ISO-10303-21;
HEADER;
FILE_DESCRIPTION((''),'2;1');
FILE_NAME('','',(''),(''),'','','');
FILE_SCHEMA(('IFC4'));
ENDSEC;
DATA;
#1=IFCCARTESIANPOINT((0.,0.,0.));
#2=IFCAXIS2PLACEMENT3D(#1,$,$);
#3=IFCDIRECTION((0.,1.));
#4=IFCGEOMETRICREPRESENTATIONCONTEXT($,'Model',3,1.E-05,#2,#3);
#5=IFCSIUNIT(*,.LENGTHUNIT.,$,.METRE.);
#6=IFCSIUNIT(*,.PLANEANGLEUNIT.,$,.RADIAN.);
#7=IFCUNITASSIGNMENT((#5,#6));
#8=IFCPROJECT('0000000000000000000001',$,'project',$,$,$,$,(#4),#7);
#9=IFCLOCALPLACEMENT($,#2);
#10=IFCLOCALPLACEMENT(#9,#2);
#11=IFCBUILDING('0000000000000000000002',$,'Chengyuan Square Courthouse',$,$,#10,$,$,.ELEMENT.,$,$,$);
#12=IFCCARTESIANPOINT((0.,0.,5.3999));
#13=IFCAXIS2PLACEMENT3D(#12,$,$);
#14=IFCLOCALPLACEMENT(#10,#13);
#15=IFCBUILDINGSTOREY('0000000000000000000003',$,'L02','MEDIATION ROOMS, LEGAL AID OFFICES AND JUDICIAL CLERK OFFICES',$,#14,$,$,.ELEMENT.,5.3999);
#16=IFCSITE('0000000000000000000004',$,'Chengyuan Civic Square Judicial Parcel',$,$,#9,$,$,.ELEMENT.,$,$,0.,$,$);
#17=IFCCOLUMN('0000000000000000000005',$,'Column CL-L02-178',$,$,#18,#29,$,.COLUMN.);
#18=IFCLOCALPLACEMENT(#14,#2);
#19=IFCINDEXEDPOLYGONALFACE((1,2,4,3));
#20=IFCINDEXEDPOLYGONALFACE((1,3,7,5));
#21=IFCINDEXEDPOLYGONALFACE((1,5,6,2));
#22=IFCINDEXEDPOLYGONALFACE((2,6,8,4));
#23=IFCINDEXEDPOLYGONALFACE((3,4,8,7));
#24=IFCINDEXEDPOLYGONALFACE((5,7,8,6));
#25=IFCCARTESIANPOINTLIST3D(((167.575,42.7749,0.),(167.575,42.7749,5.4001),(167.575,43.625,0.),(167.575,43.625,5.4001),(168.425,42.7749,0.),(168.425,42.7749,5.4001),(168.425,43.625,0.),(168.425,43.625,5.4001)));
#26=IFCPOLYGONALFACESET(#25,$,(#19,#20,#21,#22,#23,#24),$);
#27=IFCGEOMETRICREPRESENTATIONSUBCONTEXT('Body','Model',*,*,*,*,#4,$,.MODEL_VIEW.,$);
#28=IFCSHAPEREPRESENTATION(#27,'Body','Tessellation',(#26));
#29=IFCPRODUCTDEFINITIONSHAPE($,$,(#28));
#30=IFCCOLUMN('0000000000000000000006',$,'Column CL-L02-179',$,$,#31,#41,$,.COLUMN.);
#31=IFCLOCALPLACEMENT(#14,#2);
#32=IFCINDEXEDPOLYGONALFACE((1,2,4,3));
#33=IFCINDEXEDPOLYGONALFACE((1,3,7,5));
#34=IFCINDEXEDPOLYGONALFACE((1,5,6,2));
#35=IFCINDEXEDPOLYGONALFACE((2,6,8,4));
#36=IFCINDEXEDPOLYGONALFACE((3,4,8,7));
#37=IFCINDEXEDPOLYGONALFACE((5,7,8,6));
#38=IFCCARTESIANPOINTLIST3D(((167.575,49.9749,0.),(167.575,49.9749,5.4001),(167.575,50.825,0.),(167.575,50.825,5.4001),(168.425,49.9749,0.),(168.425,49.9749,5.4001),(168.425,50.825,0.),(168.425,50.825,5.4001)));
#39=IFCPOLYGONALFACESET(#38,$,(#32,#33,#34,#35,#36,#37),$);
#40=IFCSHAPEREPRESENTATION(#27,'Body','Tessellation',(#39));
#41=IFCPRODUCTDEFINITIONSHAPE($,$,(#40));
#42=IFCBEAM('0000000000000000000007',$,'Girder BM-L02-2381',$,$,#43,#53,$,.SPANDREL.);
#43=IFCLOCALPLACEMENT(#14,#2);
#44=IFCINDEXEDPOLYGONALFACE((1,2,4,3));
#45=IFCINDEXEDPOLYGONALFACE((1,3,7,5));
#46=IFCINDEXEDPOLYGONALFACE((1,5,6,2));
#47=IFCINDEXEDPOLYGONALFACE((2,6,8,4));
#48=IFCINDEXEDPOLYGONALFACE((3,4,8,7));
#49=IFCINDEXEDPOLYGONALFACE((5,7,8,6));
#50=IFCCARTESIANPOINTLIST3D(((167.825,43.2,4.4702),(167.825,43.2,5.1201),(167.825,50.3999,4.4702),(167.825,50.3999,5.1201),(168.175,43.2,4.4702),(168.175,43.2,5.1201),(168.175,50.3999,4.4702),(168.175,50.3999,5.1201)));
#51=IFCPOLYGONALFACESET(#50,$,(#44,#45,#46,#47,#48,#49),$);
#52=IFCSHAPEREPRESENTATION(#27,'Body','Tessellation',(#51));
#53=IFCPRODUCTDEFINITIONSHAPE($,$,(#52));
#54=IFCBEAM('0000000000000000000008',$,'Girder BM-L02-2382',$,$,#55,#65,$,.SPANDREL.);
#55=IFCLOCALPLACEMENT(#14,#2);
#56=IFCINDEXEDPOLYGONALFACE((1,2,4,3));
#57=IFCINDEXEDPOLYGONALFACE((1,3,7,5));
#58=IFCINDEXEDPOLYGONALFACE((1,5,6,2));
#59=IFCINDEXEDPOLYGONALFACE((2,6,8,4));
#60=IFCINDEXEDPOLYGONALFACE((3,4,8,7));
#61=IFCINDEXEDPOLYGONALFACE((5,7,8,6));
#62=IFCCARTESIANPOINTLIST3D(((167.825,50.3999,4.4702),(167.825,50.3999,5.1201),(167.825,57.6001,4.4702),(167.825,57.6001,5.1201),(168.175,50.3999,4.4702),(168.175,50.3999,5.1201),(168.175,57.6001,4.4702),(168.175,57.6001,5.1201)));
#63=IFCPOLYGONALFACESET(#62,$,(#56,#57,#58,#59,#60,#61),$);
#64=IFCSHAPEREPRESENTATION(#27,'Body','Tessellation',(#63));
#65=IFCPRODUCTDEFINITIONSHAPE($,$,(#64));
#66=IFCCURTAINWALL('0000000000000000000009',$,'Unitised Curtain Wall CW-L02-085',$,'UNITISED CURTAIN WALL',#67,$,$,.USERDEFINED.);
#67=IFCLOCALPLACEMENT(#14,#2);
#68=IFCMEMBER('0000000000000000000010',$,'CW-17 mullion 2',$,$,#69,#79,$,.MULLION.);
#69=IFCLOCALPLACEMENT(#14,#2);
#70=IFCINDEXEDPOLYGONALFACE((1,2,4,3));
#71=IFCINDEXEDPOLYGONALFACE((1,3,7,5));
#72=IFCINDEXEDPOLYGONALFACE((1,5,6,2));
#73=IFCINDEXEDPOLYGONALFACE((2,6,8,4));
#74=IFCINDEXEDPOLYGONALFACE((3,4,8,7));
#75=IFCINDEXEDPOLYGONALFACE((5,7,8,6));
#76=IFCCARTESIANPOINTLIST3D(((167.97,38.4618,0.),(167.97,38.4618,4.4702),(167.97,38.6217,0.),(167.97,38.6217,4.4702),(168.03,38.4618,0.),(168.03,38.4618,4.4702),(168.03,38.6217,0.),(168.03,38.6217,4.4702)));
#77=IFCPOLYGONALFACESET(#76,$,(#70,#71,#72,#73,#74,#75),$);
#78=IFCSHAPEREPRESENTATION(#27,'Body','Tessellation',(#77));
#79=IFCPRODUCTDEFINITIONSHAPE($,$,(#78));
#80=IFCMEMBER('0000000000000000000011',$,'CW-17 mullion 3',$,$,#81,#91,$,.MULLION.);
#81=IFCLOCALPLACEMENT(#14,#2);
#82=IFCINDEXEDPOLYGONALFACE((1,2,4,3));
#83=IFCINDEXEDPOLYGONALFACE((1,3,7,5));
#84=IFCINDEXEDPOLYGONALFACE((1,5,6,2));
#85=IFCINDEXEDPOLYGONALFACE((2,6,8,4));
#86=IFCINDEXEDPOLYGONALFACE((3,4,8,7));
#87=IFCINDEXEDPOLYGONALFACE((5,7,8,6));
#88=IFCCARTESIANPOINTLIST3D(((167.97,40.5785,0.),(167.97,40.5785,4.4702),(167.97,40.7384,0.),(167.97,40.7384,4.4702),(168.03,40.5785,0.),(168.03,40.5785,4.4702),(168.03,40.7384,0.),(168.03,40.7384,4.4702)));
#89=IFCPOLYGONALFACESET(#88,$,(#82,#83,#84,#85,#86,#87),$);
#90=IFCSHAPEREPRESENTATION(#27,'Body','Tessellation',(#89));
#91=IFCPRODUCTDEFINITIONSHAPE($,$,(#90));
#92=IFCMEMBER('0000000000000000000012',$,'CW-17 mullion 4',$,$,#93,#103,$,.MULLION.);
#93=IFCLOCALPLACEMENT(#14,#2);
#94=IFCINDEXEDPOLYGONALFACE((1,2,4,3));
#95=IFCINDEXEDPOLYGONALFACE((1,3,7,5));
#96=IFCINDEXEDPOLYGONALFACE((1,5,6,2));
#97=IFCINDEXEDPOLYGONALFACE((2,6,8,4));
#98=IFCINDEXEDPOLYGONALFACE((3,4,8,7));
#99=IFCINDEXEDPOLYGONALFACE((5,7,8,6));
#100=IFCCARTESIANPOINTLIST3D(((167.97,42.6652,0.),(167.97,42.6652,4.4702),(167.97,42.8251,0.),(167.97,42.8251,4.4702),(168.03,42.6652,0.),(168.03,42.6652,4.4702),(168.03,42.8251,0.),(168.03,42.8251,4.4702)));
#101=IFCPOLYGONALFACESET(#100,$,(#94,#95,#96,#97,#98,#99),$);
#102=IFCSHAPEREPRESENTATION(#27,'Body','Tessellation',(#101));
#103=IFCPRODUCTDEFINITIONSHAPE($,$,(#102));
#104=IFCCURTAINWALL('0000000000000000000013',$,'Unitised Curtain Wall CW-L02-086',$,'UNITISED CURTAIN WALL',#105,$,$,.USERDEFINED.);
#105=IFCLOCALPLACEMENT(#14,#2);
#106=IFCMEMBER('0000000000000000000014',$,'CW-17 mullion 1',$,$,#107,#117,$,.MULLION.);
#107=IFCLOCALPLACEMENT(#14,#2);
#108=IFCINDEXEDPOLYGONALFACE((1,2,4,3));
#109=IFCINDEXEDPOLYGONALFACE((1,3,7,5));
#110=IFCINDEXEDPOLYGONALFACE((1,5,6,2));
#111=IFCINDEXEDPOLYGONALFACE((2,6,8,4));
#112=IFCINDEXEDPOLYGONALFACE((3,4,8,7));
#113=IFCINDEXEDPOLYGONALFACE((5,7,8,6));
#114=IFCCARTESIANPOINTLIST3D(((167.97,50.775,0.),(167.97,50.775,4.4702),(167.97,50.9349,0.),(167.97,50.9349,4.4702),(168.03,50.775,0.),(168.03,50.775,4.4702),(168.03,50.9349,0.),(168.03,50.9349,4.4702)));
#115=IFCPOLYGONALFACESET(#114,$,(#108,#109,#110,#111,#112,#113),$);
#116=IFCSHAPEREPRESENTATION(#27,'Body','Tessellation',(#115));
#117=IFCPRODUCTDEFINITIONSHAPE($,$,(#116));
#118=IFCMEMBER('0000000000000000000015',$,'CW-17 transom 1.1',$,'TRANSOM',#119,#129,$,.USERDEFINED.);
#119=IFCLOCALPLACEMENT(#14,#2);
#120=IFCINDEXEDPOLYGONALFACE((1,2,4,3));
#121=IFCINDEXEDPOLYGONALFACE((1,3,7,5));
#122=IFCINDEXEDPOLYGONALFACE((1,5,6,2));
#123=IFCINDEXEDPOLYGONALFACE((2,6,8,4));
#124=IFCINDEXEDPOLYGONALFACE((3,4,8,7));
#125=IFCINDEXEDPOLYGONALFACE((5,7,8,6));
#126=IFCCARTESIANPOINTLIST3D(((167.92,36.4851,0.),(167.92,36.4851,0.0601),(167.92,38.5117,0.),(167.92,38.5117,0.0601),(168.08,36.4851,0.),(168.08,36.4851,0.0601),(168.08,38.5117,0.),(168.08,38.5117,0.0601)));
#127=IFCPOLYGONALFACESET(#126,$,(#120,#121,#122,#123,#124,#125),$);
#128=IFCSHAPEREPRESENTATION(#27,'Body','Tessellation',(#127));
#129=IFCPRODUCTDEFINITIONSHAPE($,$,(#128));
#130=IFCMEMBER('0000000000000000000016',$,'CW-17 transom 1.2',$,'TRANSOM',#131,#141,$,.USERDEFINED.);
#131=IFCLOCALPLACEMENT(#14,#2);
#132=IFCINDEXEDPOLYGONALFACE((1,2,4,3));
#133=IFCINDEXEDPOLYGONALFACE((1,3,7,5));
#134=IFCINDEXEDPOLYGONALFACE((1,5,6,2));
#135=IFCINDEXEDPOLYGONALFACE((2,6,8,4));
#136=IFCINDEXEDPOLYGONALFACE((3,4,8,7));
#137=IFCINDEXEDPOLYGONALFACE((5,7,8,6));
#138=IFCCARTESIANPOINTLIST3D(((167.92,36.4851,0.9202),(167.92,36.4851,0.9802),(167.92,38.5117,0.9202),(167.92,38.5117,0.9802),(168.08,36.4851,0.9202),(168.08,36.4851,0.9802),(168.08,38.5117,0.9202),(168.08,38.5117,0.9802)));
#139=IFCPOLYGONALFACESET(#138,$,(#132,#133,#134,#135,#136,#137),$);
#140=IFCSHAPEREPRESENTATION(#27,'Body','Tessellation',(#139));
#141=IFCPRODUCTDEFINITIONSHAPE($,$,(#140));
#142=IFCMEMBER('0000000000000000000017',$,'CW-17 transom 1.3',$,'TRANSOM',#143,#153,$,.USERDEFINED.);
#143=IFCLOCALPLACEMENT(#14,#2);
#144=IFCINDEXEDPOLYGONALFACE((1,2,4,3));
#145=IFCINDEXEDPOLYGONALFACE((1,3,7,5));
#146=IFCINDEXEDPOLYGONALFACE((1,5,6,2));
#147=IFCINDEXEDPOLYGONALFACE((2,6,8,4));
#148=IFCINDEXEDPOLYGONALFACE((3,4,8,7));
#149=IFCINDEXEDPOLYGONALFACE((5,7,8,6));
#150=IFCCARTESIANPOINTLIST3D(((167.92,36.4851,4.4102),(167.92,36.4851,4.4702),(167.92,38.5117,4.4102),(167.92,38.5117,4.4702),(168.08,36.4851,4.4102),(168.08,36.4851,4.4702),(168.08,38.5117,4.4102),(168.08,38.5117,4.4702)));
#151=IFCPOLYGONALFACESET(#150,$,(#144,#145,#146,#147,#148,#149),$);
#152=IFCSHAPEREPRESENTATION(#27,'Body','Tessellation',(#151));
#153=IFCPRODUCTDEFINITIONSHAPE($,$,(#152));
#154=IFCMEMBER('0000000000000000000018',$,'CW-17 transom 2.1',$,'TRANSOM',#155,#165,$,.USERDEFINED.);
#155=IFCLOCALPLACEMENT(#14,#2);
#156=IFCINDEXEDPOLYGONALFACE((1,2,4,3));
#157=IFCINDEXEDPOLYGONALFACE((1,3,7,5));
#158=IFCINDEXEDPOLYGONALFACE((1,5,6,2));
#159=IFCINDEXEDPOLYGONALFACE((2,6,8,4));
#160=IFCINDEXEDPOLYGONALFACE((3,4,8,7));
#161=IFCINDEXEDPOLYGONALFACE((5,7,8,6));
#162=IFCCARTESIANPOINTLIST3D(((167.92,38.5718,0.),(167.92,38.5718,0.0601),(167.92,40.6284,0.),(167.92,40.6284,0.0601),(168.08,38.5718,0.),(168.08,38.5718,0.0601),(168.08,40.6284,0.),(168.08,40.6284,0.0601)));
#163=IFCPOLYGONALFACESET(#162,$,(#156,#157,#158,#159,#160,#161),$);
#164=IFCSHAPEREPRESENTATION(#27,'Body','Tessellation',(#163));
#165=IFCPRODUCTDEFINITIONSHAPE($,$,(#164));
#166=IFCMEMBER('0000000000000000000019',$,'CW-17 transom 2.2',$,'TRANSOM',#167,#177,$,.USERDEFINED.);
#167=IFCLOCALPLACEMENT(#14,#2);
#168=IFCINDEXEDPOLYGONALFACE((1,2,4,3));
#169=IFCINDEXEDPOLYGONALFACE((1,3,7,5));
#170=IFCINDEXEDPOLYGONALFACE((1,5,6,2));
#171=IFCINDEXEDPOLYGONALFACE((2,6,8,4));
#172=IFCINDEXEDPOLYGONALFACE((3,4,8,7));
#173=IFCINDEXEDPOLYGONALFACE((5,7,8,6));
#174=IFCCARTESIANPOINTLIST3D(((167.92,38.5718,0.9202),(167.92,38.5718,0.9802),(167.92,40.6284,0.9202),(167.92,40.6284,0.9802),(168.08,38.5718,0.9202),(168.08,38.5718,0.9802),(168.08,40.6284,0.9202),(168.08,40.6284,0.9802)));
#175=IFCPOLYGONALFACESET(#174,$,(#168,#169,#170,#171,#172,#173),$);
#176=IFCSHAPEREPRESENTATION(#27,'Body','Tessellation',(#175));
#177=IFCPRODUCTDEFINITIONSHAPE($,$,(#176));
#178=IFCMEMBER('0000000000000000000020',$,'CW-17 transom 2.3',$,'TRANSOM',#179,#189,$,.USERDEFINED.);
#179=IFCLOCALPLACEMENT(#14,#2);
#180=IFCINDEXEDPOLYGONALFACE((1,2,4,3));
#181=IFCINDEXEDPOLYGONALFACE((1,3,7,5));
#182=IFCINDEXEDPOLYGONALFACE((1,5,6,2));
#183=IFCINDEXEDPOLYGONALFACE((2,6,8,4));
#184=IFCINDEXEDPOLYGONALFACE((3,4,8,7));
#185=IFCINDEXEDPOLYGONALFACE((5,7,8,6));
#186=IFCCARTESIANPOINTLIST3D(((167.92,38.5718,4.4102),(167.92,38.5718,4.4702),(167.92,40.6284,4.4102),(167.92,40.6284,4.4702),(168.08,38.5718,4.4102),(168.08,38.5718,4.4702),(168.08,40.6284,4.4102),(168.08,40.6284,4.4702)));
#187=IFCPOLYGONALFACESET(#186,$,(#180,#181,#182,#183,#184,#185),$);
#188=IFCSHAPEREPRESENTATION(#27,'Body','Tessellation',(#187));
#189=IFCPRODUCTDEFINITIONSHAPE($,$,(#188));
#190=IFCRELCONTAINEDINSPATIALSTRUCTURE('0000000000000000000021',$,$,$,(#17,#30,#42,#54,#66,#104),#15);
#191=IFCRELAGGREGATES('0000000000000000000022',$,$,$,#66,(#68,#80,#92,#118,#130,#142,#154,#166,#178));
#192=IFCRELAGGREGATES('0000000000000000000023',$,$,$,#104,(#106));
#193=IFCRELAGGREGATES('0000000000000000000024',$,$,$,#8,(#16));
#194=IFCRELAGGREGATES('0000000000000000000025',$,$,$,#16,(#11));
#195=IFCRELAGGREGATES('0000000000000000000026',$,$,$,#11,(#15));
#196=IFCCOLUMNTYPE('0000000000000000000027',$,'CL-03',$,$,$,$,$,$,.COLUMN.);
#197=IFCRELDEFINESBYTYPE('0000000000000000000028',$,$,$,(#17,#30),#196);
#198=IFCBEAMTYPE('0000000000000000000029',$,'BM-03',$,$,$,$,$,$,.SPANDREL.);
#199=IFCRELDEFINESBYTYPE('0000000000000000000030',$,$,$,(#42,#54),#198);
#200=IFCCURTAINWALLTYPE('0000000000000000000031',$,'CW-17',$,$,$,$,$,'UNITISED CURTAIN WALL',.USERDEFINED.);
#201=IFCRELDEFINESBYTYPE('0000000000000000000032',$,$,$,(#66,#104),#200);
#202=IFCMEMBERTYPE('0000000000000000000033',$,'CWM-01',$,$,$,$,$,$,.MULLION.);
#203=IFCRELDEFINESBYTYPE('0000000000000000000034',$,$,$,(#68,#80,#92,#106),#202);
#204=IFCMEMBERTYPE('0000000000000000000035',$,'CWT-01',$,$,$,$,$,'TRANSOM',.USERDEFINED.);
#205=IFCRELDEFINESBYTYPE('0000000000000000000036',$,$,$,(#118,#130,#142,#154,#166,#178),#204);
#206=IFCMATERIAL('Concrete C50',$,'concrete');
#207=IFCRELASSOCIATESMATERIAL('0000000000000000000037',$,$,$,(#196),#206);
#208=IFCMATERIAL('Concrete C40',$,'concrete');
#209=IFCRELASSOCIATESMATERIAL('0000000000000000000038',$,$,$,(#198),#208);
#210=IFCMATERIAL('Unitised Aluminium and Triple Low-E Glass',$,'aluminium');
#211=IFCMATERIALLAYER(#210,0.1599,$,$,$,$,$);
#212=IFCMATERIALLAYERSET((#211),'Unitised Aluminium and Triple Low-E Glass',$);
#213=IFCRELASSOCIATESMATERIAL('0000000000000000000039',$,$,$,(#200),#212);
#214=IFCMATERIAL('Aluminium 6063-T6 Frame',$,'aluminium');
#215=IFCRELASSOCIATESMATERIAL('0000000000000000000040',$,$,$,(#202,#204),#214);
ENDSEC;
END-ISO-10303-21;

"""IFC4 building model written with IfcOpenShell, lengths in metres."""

from ifc_helpers import new_model, si_unit, direction, frame, origin, origin_2d, place, context, subcontext, project, spatial, rectangle, extrude, material, layer, layer_set, material_profile, profile_set, type_object, element, aggregate, save


model = new_model("IFC4")

# Units and contexts
model_context = context("Model", 3, precision=1e-05, world=origin(), true_north=direction((0.0, 1.0)))
body_context = subcontext(model_context, "Body", "Model", "MODEL_VIEW")
ifc_project = project(units=[si_unit("LENGTHUNIT", "METRE"), si_unit("PLANEANGLEUNIT", "RADIAN")], contexts=[model_context])

# Site, building, storey
site_placement = place(None, origin())
site = spatial("IfcSite", under=ifc_project, at=site_placement, Name="Chengyuan Civic Square Judicial Parcel", CompositionType="ELEMENT", RefElevation=0.0)
building_placement = place(site_placement, origin())
building = spatial("IfcBuilding", under=site, at=building_placement, Name="Chengyuan Square Courthouse", CompositionType="ELEMENT")
storey_placement = place(building_placement, frame((0.0, 0.0, 5.3999)))
storey = spatial("IfcBuildingStorey", under=building, at=storey_placement, Name="L02", Description="MEDIATION ROOMS, LEGAL AID OFFICES AND JUDICIAL CLERK OFFICES", CompositionType="ELEMENT", Elevation=5.3999)

# Columns
ifc_material_1 = material(Name="Concrete C50", Category="concrete")
ifc_material_profile_1 = material_profile(ifc_material_1, rectangle(XDim=0.8501, YDim=0.8501, at=origin_2d()), Name="RC-COL-850x850")
ifc_profile_set_1 = profile_set([ifc_material_profile_1], Name="Concrete C50")
column_type = type_object("IfcColumnType", Name="CL-03", PredefinedType="COLUMN", material=ifc_profile_set_1)
for number, where, z_axis, x_axis, name in (
    (1, (168.0, 43.2, 0.0), (0.0, 0.0, 1.0), (1.0, 0.0, 0.0), "Column CL-L02-178"),
    (2, (168.0, 50.3999, 0.0), (0.0, 0.0, 1.0), (1.0, 0.0, 0.0), "Column CL-L02-179"),
):
    element("IfcColumn", number, at=place(storey_placement, frame(where, z_axis=z_axis, x_axis=x_axis)), inside=storey, type_object=column_type, Name=name, PredefinedType="COLUMN", context=body_context, shape_type="SweptSolid", body=[
        extrude(rectangle(XDim=0.8501, YDim=0.8501, at=origin_2d()), origin(), (0.0, 0.0, 1.0), 5.4001),
    ])

# Beams
ifc_material_2 = material(Name="Concrete C40", Category="concrete")
ifc_material_profile_2 = material_profile(ifc_material_2, rectangle(XDim=0.3501, YDim=0.6499, at=origin_2d()), Name="RC-BM-350x650")
ifc_profile_set_2 = profile_set([ifc_material_profile_2], Name="Concrete C40")
beam_type = type_object("IfcBeamType", Name="BM-03", PredefinedType="SPANDREL", material=ifc_profile_set_2)
beam_1_placement = place(storey_placement, frame((168.0, 43.2, 4.7952), z_axis=(0.0, 1.0, 0.0), x_axis=(-1.0, 0.0, 0.0)))
element("IfcBeam", 3, at=beam_1_placement, inside=storey, type_object=beam_type, Name="Girder BM-L02-2381", PredefinedType="SPANDREL", context=body_context, shape_type="SweptSolid", body=[
    extrude(rectangle(XDim=0.3501, YDim=0.6499, at=origin_2d()), origin(), (0.0, 0.0, 1.0), 7.2),
])
beam_2_placement = place(storey_placement, frame((168.0, 50.3999, 4.7952), z_axis=(0.0, 1.0, 0.0), x_axis=(-1.0, 0.0, 0.0)))
element("IfcBeam", 4, at=beam_2_placement, inside=storey, type_object=beam_type, Name="Girder BM-L02-2382", PredefinedType="SPANDREL", context=body_context, shape_type="SweptSolid", body=[
    extrude(rectangle(XDim=0.3501, YDim=0.6499, at=origin_2d()), origin(), (0.0, 0.0, 1.0), 7.2002),
])

# Curtain wall, members
ifc_material_3 = material(Name="Unitised Aluminium and Triple Low-E Glass", Category="aluminium")
ifc_layer_1 = layer(ifc_material_3, 0.1599)
ifc_layer_set_1 = layer_set([ifc_layer_1], Name="Unitised Aluminium and Triple Low-E Glass")
curtain_wall_type = type_object("IfcCurtainWallType", Name="CW-17", ElementType="UNITISED CURTAIN WALL", PredefinedType="USERDEFINED", material=ifc_layer_set_1)
curtain_wall_1_placement = place(storey_placement, origin())
curtain_wall_1 = element("IfcCurtainWall", 5, at=curtain_wall_1_placement, inside=storey, type_object=curtain_wall_type, Name="Unitised Curtain Wall CW-L02-085", ObjectType="UNITISED CURTAIN WALL", PredefinedType="USERDEFINED")
ifc_material_4 = material(Name="Aluminium 6063-T6 Frame", Category="aluminium")
ifc_material_profile_3 = material_profile(ifc_material_4, rectangle(XDim=0.0601, YDim=0.1599, at=origin_2d()), Name="CW-MUL-60x160")
ifc_profile_set_3 = profile_set([ifc_material_profile_3], Name="Aluminium 6063-T6 Frame")
member_type_1 = type_object("IfcMemberType", Name="CWM-01", PredefinedType="MULLION", material=ifc_profile_set_3)
member_1_placement = place(storey_placement, frame((168.0, 38.5417, 0.0), z_axis=(0.0, 0.0, 1.0), x_axis=(-1.0, 0.0, 0.0)))
member_1 = element("IfcMember", 6, at=member_1_placement, type_object=member_type_1, Name="CW-17 mullion 2", PredefinedType="MULLION", context=body_context, shape_type="SweptSolid", body=[
    extrude(rectangle(XDim=0.0601, YDim=0.1599, at=origin_2d()), origin(), (0.0, 0.0, 1.0), 4.4702),
])
member_2_placement = place(storey_placement, frame((168.0, 40.6584, 0.0), z_axis=(0.0, 0.0, 1.0), x_axis=(-1.0, 0.0, 0.0)))
member_2 = element("IfcMember", 7, at=member_2_placement, type_object=member_type_1, Name="CW-17 mullion 3", PredefinedType="MULLION", context=body_context, shape_type="SweptSolid", body=[
    extrude(rectangle(XDim=0.0601, YDim=0.1599, at=origin_2d()), origin(), (0.0, 0.0, 1.0), 4.4702),
])
member_3_placement = place(storey_placement, frame((168.0, 42.7451, 0.0), z_axis=(0.0, 0.0, 1.0), x_axis=(-1.0, 0.0, 0.0)))
member_3 = element("IfcMember", 8, at=member_3_placement, type_object=member_type_1, Name="CW-17 mullion 4", PredefinedType="MULLION", context=body_context, shape_type="SweptSolid", body=[
    extrude(rectangle(XDim=0.0601, YDim=0.1599, at=origin_2d()), origin(), (0.0, 0.0, 1.0), 4.4702),
])

# Curtain wall, member
curtain_wall_2_placement = place(storey_placement, origin())
curtain_wall_2 = element("IfcCurtainWall", 9, at=curtain_wall_2_placement, inside=storey, type_object=curtain_wall_type, Name="Unitised Curtain Wall CW-L02-086", ObjectType="UNITISED CURTAIN WALL", PredefinedType="USERDEFINED")
member_4_placement = place(storey_placement, frame((168.0, 50.855, 0.0), z_axis=(0.0, 0.0, 1.0), x_axis=(-1.0, 0.0, 0.0)))
member_4 = element("IfcMember", 10, at=member_4_placement, type_object=member_type_1, Name="CW-17 mullion 1", PredefinedType="MULLION", context=body_context, shape_type="SweptSolid", body=[
    extrude(rectangle(XDim=0.0601, YDim=0.1599, at=origin_2d()), origin(), (0.0, 0.0, 1.0), 4.4702),
])

# Members
ifc_material_profile_4 = material_profile(ifc_material_4, rectangle(XDim=0.1599, YDim=0.0601, at=origin_2d()), Name="CW-TRN-60x120")
ifc_profile_set_4 = profile_set([ifc_material_profile_4], Name="Aluminium 6063-T6 Frame")
member_type_2 = type_object("IfcMemberType", Name="CWT-01", ElementType="TRANSOM", PredefinedType="USERDEFINED", material=ifc_profile_set_4)
member_5_placement = place(storey_placement, frame((168.0, 36.4851, 0.03), z_axis=(0.0, 1.0, 0.0), x_axis=(-1.0, 0.0, 0.0)))
member_5 = element("IfcMember", 11, at=member_5_placement, type_object=member_type_2, Name="CW-17 transom 1.1", ObjectType="TRANSOM", PredefinedType="USERDEFINED", context=body_context, shape_type="SweptSolid", body=[
    extrude(rectangle(XDim=0.1599, YDim=0.0601, at=origin_2d()), origin(), (0.0, 0.0, 1.0), 2.0266),
])
member_6_placement = place(storey_placement, frame((168.0, 36.4851, 0.9502), z_axis=(0.0, 1.0, 0.0), x_axis=(-1.0, 0.0, 0.0)))
member_6 = element("IfcMember", 12, at=member_6_placement, type_object=member_type_2, Name="CW-17 transom 1.2", ObjectType="TRANSOM", PredefinedType="USERDEFINED", context=body_context, shape_type="SweptSolid", body=[
    extrude(rectangle(XDim=0.1599, YDim=0.0601, at=origin_2d()), origin(), (0.0, 0.0, 1.0), 2.0266),
])
member_7_placement = place(storey_placement, frame((168.0, 36.4851, 4.4402), z_axis=(0.0, 1.0, 0.0), x_axis=(-1.0, 0.0, 0.0)))
member_7 = element("IfcMember", 13, at=member_7_placement, type_object=member_type_2, Name="CW-17 transom 1.3", ObjectType="TRANSOM", PredefinedType="USERDEFINED", context=body_context, shape_type="SweptSolid", body=[
    extrude(rectangle(XDim=0.1599, YDim=0.0601, at=origin_2d()), origin(), (0.0, 0.0, 1.0), 2.0266),
])
member_8_placement = place(storey_placement, frame((168.0, 38.5718, 0.03), z_axis=(0.0, 1.0, 0.0), x_axis=(-1.0, 0.0, 0.0)))
member_8 = element("IfcMember", 14, at=member_8_placement, type_object=member_type_2, Name="CW-17 transom 2.1", ObjectType="TRANSOM", PredefinedType="USERDEFINED", context=body_context, shape_type="SweptSolid", body=[
    extrude(rectangle(XDim=0.1599, YDim=0.0601, at=origin_2d()), origin(), (0.0, 0.0, 1.0), 2.0566),
])
member_9_placement = place(storey_placement, frame((168.0, 38.5718, 0.9502), z_axis=(0.0, 1.0, 0.0), x_axis=(-1.0, 0.0, 0.0)))
member_9 = element("IfcMember", 15, at=member_9_placement, type_object=member_type_2, Name="CW-17 transom 2.2", ObjectType="TRANSOM", PredefinedType="USERDEFINED", context=body_context, shape_type="SweptSolid", body=[
    extrude(rectangle(XDim=0.1599, YDim=0.0601, at=origin_2d()), origin(), (0.0, 0.0, 1.0), 2.0566),
])
member_10_placement = place(storey_placement, frame((168.0, 38.5718, 4.4402), z_axis=(0.0, 1.0, 0.0), x_axis=(-1.0, 0.0, 0.0)))
member_10 = element("IfcMember", 16, at=member_10_placement, type_object=member_type_2, Name="CW-17 transom 2.3", ObjectType="TRANSOM", PredefinedType="USERDEFINED", context=body_context, shape_type="SweptSolid", body=[
    extrude(rectangle(XDim=0.1599, YDim=0.0601, at=origin_2d()), origin(), (0.0, 0.0, 1.0), 2.0566),
])

aggregate(curtain_wall_1, [member_1, member_2, member_3, member_5, member_6, member_7, member_8, member_9, member_10])
aggregate(curtain_wall_2, [member_4])

save(model, "model.ifc")
